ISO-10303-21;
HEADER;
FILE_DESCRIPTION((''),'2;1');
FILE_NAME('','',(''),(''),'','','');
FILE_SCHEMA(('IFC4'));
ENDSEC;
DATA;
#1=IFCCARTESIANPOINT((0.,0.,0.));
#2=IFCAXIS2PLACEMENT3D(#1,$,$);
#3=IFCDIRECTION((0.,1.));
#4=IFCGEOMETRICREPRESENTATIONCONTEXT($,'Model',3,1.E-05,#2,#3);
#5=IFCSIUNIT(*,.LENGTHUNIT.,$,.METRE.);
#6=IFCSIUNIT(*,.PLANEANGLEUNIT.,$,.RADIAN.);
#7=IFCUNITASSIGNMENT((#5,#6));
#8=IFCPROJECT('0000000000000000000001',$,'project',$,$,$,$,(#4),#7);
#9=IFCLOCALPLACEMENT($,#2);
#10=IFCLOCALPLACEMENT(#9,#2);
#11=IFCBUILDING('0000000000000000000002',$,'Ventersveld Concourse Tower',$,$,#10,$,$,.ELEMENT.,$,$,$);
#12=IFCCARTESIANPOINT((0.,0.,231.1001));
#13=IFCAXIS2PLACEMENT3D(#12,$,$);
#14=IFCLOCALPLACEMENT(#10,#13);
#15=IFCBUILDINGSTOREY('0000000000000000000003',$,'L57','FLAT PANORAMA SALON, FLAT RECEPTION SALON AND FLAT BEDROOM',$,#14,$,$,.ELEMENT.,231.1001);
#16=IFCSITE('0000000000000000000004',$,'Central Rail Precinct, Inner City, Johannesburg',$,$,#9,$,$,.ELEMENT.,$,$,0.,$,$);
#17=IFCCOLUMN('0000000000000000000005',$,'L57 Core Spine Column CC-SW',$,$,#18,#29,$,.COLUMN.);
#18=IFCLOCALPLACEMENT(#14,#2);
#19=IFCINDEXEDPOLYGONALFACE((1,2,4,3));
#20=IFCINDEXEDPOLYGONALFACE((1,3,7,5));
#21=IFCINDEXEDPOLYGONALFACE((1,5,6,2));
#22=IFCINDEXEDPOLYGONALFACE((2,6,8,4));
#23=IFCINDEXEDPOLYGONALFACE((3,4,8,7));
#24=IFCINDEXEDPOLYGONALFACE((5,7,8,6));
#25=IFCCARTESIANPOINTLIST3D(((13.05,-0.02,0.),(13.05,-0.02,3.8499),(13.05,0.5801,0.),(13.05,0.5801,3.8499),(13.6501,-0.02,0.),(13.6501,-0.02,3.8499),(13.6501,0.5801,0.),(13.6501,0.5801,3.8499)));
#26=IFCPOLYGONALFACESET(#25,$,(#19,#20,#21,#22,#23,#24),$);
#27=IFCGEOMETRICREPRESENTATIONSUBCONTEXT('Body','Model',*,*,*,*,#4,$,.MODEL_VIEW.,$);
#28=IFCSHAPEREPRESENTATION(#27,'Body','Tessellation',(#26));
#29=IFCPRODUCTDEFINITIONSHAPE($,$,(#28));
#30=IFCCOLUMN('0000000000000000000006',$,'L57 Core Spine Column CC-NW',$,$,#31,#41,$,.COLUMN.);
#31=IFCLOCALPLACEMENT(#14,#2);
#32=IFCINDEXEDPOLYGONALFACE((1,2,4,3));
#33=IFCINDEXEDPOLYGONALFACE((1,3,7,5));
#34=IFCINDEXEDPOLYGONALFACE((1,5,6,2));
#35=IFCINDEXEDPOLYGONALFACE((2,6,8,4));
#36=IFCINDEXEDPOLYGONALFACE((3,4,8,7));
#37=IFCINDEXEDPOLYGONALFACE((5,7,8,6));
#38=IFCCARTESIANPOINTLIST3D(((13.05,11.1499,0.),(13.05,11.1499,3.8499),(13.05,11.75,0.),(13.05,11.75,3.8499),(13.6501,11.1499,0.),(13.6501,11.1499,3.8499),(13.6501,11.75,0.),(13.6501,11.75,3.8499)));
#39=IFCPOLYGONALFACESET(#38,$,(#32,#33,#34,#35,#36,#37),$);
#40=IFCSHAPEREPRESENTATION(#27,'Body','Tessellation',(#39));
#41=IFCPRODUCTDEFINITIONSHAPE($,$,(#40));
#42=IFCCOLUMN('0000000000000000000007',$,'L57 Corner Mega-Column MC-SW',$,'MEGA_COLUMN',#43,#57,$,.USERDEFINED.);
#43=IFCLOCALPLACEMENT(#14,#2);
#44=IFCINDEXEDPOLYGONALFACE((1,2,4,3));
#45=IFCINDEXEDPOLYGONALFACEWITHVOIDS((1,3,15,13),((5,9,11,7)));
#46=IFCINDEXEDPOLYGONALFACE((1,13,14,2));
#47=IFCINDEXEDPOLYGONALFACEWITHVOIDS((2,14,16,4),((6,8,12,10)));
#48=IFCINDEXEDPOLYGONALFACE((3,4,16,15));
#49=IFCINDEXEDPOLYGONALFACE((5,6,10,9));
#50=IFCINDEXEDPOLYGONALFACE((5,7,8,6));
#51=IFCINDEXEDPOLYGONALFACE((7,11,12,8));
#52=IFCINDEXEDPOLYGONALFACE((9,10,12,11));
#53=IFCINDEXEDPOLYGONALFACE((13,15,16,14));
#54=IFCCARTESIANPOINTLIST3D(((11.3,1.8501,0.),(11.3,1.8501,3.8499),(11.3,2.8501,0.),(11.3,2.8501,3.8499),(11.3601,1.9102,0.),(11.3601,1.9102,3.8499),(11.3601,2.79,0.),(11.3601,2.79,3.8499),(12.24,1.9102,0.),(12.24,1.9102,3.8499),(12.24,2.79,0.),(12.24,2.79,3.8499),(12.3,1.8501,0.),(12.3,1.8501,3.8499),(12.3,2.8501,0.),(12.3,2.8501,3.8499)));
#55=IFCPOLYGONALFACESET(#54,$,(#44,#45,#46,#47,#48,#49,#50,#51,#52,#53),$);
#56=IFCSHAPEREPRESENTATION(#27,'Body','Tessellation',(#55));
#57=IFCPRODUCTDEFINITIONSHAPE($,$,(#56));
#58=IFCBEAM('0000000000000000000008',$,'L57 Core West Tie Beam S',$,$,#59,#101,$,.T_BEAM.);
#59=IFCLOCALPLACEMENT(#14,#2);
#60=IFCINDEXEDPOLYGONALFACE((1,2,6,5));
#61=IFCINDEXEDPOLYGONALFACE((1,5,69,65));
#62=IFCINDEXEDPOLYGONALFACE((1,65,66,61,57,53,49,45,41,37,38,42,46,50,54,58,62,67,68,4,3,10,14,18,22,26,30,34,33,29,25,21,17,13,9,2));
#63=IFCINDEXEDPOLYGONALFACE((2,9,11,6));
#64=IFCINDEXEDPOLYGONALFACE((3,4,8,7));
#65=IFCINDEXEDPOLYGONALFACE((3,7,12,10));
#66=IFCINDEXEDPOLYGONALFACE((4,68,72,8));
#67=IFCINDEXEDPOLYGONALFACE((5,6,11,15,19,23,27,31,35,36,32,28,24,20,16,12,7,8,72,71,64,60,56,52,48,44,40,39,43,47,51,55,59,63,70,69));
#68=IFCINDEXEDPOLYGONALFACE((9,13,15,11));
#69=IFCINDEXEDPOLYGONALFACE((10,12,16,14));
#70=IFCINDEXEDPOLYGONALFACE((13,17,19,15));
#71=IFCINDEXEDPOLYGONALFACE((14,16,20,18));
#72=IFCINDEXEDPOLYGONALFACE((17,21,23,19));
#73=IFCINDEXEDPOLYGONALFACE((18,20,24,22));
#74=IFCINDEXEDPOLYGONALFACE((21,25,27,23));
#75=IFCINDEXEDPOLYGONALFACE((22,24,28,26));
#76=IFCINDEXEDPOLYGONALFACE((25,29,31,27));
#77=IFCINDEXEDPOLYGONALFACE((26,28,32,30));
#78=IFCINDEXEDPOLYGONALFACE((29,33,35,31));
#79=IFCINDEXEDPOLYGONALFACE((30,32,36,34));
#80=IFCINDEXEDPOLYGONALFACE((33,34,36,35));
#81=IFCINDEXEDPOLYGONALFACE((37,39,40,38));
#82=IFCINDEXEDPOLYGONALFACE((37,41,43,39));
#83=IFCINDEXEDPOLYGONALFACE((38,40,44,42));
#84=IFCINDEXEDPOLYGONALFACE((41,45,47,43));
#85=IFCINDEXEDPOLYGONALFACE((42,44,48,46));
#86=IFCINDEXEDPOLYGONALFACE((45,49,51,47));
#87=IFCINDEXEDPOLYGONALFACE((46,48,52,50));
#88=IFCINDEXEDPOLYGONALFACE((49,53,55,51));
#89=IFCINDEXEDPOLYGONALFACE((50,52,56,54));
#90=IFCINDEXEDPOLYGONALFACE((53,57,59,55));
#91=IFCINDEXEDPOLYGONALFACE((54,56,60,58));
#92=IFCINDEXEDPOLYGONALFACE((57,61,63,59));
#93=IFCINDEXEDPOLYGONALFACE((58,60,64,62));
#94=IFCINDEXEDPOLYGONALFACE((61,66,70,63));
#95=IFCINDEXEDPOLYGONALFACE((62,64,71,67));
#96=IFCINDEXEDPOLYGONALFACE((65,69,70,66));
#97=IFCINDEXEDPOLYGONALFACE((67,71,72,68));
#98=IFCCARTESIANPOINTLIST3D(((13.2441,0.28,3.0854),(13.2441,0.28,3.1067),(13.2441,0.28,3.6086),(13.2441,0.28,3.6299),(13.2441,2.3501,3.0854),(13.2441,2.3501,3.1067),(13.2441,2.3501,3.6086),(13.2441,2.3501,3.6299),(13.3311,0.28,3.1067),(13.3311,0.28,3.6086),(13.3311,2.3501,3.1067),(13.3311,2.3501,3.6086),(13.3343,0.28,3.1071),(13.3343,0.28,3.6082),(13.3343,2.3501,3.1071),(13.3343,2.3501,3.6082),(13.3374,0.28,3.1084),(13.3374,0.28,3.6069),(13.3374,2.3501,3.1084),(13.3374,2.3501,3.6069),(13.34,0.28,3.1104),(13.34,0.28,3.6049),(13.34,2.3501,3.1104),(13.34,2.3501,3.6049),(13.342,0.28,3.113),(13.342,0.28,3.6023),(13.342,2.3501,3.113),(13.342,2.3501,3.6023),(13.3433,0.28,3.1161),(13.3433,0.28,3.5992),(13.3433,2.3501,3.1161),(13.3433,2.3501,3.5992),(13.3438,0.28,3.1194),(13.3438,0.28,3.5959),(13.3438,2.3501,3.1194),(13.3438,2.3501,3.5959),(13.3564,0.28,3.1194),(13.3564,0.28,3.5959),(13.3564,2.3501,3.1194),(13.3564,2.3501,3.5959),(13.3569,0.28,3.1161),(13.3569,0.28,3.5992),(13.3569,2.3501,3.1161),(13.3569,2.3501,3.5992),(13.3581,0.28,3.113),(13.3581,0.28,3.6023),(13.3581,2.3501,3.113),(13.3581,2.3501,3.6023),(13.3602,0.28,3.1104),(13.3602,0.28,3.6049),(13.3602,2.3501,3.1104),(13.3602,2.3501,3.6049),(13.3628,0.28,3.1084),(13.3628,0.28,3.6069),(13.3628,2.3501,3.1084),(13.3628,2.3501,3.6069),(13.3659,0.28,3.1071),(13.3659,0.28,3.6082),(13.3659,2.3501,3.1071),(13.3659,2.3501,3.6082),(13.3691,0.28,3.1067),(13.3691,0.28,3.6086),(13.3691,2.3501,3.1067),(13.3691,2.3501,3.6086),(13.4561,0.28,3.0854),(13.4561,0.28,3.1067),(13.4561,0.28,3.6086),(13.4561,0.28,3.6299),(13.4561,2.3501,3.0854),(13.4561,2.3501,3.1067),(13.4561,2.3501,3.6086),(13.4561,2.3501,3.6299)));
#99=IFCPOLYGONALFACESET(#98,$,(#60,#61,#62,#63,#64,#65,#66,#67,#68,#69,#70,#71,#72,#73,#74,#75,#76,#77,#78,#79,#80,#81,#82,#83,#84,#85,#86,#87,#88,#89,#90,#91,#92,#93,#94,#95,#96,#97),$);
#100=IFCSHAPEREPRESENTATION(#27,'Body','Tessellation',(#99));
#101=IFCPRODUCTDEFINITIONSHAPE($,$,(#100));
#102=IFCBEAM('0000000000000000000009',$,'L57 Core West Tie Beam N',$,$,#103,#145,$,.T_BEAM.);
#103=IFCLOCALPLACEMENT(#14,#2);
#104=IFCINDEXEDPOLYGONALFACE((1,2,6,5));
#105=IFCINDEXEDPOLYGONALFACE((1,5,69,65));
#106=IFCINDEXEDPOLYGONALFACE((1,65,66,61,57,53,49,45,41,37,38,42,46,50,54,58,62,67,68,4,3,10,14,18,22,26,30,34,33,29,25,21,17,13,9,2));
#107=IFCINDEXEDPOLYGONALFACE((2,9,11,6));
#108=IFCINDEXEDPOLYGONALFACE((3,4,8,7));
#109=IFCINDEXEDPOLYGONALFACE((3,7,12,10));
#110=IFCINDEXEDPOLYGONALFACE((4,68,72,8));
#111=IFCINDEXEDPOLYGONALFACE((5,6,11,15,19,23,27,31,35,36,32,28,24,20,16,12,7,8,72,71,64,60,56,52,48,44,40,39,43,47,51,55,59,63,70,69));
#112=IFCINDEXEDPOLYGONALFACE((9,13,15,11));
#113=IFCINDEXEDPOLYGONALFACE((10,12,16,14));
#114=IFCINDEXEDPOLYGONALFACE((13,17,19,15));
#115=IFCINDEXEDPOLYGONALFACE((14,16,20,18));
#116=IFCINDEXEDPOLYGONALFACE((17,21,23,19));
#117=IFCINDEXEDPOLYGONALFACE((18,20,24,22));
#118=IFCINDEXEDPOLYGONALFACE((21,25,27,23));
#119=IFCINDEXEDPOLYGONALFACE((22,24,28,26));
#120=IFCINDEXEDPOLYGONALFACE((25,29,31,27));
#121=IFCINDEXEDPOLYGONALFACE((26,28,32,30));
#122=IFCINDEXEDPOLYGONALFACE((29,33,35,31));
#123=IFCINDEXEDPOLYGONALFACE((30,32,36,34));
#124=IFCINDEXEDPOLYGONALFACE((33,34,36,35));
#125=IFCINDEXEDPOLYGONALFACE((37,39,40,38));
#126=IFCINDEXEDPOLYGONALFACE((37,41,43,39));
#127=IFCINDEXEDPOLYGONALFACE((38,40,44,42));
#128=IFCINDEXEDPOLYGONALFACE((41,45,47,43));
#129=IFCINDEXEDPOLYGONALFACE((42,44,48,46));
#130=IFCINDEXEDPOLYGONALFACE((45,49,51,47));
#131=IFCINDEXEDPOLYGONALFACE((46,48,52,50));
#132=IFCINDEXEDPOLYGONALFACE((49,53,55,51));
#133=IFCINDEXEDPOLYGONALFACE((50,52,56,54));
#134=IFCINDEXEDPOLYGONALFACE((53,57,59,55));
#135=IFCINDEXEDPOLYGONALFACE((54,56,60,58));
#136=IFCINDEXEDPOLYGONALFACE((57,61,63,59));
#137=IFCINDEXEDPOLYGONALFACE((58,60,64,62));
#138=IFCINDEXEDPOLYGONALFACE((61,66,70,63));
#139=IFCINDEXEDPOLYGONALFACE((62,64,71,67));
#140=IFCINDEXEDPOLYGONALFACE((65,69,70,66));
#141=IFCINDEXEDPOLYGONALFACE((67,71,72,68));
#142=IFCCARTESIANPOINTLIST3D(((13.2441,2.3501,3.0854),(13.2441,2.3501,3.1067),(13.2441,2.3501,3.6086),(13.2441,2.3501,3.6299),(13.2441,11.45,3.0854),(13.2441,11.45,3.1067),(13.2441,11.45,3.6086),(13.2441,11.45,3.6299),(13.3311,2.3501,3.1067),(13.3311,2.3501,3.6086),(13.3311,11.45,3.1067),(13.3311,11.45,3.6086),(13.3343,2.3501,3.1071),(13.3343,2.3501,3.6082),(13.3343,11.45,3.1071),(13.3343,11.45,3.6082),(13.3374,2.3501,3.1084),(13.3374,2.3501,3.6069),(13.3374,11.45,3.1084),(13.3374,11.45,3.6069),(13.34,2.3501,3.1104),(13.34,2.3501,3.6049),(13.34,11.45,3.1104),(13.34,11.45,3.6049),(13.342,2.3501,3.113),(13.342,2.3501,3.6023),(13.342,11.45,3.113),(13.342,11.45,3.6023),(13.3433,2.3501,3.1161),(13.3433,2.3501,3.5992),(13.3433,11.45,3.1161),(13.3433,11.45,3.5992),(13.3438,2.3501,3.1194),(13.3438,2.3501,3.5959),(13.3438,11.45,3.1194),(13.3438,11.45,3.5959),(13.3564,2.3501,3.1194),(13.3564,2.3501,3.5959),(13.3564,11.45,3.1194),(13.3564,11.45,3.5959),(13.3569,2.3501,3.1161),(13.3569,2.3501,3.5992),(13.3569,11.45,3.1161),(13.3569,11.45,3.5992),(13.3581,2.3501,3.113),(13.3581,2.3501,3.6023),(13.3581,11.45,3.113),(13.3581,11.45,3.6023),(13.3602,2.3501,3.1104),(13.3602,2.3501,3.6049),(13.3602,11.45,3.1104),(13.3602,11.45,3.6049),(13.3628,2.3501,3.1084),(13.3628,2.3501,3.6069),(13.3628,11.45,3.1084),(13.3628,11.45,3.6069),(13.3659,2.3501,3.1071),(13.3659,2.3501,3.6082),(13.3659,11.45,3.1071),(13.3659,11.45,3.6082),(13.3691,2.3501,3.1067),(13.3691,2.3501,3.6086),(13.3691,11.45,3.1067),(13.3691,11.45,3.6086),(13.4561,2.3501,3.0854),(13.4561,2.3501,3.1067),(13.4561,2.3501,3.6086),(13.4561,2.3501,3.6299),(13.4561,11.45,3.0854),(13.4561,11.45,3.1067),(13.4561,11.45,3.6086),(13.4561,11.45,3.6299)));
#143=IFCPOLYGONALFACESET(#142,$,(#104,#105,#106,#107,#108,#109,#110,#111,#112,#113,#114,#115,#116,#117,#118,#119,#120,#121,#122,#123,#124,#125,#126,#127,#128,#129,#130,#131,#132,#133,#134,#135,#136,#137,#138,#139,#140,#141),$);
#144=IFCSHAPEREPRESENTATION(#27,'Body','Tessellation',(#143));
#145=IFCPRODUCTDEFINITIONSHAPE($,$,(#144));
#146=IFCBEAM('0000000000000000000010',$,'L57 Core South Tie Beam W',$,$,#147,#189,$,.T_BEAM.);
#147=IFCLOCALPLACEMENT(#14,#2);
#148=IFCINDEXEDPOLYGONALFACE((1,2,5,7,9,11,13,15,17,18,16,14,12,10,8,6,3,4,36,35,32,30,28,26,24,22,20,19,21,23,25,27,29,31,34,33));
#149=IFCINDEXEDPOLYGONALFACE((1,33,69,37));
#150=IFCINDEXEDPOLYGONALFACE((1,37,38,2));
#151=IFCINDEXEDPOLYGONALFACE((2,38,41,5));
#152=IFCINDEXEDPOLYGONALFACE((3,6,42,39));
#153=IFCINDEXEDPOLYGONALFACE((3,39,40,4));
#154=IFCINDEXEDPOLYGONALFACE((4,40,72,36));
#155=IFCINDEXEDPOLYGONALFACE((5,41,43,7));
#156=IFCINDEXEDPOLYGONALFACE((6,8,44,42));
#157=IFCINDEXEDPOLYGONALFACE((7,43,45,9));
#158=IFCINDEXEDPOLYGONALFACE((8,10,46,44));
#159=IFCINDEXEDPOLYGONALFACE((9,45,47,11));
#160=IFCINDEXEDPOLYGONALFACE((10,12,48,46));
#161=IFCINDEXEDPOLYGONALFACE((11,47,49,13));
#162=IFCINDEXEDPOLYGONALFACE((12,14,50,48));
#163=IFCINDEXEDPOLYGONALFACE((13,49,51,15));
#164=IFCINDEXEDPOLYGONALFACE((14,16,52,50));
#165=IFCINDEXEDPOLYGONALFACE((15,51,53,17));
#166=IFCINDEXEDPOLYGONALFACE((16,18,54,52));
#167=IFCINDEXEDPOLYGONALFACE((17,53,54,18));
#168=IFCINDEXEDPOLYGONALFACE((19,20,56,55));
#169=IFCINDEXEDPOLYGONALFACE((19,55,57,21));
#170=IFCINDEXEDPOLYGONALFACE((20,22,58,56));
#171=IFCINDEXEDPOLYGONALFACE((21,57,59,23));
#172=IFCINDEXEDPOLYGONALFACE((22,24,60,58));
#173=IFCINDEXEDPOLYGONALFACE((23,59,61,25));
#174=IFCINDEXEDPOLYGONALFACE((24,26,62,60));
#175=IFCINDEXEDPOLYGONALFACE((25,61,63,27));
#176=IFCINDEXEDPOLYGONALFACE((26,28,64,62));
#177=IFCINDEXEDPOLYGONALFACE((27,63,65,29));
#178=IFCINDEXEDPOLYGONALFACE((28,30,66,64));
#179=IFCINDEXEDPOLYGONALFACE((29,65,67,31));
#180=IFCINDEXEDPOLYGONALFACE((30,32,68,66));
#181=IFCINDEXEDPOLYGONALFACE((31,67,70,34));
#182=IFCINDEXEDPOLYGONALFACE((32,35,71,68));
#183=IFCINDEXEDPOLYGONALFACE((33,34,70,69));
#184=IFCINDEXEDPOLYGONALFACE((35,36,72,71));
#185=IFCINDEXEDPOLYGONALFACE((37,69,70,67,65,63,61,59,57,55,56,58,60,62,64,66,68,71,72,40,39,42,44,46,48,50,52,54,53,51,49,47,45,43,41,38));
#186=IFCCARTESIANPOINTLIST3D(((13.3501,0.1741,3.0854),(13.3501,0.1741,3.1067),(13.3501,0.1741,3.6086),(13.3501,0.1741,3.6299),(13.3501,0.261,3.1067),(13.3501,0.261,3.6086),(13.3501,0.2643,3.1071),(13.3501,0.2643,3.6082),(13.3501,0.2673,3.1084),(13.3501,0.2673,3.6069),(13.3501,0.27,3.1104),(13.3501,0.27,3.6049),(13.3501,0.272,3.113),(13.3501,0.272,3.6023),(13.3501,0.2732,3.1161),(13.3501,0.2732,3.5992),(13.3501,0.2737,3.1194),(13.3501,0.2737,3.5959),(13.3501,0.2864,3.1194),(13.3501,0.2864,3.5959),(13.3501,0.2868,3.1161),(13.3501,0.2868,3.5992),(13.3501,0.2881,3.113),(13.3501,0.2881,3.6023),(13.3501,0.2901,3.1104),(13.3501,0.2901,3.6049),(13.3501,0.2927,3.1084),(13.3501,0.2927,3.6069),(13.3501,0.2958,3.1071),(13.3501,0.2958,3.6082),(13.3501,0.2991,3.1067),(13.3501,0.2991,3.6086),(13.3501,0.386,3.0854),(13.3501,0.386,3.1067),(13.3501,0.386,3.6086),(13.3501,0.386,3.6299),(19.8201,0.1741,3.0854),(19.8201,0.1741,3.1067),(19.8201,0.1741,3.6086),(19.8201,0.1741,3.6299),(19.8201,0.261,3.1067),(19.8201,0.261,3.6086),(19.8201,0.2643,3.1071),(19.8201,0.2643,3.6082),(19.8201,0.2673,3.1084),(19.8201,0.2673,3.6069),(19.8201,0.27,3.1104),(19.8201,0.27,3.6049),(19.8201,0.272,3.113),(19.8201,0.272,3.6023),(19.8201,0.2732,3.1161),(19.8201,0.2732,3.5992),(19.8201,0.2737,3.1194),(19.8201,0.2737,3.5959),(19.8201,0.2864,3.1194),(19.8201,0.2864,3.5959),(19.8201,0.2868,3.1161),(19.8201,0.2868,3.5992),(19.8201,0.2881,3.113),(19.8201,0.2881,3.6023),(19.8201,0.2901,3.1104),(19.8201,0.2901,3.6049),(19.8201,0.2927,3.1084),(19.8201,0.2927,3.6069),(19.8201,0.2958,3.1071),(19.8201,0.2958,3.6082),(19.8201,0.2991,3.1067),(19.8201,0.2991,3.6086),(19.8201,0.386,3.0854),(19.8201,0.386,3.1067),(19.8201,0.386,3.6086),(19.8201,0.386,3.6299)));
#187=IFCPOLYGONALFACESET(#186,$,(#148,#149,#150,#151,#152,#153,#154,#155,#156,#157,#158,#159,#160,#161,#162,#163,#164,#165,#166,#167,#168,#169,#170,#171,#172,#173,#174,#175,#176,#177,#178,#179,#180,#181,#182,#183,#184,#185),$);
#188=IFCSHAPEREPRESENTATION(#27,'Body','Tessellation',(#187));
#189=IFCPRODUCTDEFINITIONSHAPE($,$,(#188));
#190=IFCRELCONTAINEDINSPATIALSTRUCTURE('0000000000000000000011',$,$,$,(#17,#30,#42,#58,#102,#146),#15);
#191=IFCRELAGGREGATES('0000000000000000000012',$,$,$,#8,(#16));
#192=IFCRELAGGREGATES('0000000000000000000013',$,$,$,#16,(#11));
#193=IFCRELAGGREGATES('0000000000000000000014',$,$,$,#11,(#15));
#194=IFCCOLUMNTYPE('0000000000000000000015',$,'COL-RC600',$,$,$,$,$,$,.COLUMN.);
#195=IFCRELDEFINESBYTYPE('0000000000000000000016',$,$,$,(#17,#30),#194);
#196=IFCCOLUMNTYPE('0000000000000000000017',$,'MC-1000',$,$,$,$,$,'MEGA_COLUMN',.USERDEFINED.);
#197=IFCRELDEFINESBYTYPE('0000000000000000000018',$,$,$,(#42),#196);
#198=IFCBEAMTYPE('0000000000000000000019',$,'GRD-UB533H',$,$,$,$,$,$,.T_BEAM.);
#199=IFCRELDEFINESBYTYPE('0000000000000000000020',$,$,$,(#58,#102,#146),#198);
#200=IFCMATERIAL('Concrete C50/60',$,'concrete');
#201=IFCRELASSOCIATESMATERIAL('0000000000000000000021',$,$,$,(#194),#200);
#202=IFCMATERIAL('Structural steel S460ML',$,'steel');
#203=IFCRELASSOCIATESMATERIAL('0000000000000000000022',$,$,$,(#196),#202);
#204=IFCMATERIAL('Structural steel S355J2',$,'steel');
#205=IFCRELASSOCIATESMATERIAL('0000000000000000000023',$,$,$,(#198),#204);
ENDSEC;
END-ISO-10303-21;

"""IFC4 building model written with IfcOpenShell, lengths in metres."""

from ifc_helpers import new_model, si_unit, direction, frame, origin, origin_2d, place, context, subcontext, project, spatial, rectangle, hollow_rectangle, i_section, extrude, material, material_profile, profile_set, type_object, element, save


model = new_model("IFC4")

# Units and contexts
model_context = context("Model", 3, precision=1e-05, world=origin(), true_north=direction((0.0, 1.0)))
body_context = subcontext(model_context, "Body", "Model", "MODEL_VIEW")
ifc_project = project(units=[si_unit("LENGTHUNIT", "METRE"), si_unit("PLANEANGLEUNIT", "RADIAN")], contexts=[model_context])

# Site, building, storey
site_placement = place(None, origin())
site = spatial("IfcSite", under=ifc_project, at=site_placement, Name="Central Rail Precinct, Inner City, Johannesburg", CompositionType="ELEMENT", RefElevation=0.0)
building_placement = place(site_placement, origin())
building = spatial("IfcBuilding", under=site, at=building_placement, Name="Ventersveld Concourse Tower", CompositionType="ELEMENT")
storey_placement = place(building_placement, frame((0.0, 0.0, 231.1001)))
storey = spatial("IfcBuildingStorey", under=building, at=storey_placement, Name="L57", Description="FLAT PANORAMA SALON, FLAT RECEPTION SALON AND FLAT BEDROOM", CompositionType="ELEMENT", Elevation=231.1001)

# Columns
ifc_material_1 = material(Name="Concrete C50/60", Category="concrete")
ifc_material_profile_1 = material_profile(ifc_material_1, rectangle(XDim=0.6001, YDim=0.6001, at=origin_2d()), Name="RC 600x600")
ifc_profile_set_1 = profile_set([ifc_material_profile_1], Name="Concrete C50/60")
column_type_1 = type_object("IfcColumnType", Name="COL-RC600", PredefinedType="COLUMN", material=ifc_profile_set_1)
for number, where, z_axis, x_axis, name in (
    (1, (13.3501, 0.28, 0.0), (0.0, 0.0, 1.0), (1.0, 0.0, 0.0), "L57 Core Spine Column CC-SW"),
    (2, (13.3501, 11.45, 0.0), (0.0, 0.0, 1.0), (1.0, 0.0, 0.0), "L57 Core Spine Column CC-NW"),
):
    element("IfcColumn", number, at=place(storey_placement, frame(where, z_axis=z_axis, x_axis=x_axis)), inside=storey, type_object=column_type_1, Name=name, PredefinedType="COLUMN", context=body_context, shape_type="SweptSolid", body=[
        extrude(rectangle(XDim=0.6001, YDim=0.6001, at=origin_2d()), origin(), (0.0, 0.0, 1.0), 3.8499),
    ])
ifc_material_2 = material(Name="Structural steel S460ML", Category="steel")
ifc_material_profile_2 = material_profile(ifc_material_2, hollow_rectangle(XDim=1.0, YDim=1.0, WallThickness=0.0601, at=origin_2d()), Name="BOX 1000x1000x60")
ifc_profile_set_2 = profile_set([ifc_material_profile_2], Name="Structural steel S460ML")
column_type_2 = type_object("IfcColumnType", Name="MC-1000", ElementType="MEGA_COLUMN", PredefinedType="USERDEFINED", material=ifc_profile_set_2)
column_placement = place(storey_placement, frame((11.8, 2.3501, 0.0), z_axis=(0.0, 0.0, 1.0), x_axis=(1.0, 0.0, 0.0)))
element("IfcColumn", 3, at=column_placement, inside=storey, type_object=column_type_2, Name="L57 Corner Mega-Column MC-SW", ObjectType="MEGA_COLUMN", PredefinedType="USERDEFINED", context=body_context, shape_type="SweptSolid", body=[
    extrude(hollow_rectangle(XDim=1.0, YDim=1.0, WallThickness=0.0601, at=origin_2d()), origin(), (0.0, 0.0, 1.0), 3.8499),
])

# Beams
ifc_material_3 = material(Name="Structural steel S355J2", Category="steel")
ifc_material_profile_3 = material_profile(ifc_material_3, i_section(OverallWidth=0.2119, OverallDepth=0.5444, WebThickness=0.0127, FlangeThickness=0.0212, FilletRadius=0.0127, at=origin_2d()), Name="UB 533x210x122")
ifc_profile_set_3 = profile_set([ifc_material_profile_3], Name="Structural steel S355J2")
beam_type_1 = type_object("IfcBeamType", Name="GRD-UB533H", PredefinedType="T_BEAM", material=ifc_profile_set_3)
beam_1_placement = place(storey_placement, frame((13.3501, 0.28, 3.3577), z_axis=(0.0, 1.0, 0.0), x_axis=(-1.0, 0.0, 0.0)))
element("IfcBeam", 4, at=beam_1_placement, inside=storey, type_object=beam_type_1, Name="L57 Core West Tie Beam S", PredefinedType="T_BEAM", context=body_context, shape_type="SweptSolid", body=[
    extrude(i_section(OverallWidth=0.2119, OverallDepth=0.5444, WebThickness=0.0127, FlangeThickness=0.0212, FilletRadius=0.0127, at=origin_2d()), origin(), (0.0, 0.0, 1.0), 2.0701),
])
beam_2_placement = place(storey_placement, frame((13.3501, 2.3501, 3.3577), z_axis=(0.0, 1.0, 0.0), x_axis=(-1.0, 0.0, 0.0)))
element("IfcBeam", 5, at=beam_2_placement, inside=storey, type_object=beam_type_1, Name="L57 Core West Tie Beam N", PredefinedType="T_BEAM", context=body_context, shape_type="SweptSolid", body=[
    extrude(i_section(OverallWidth=0.2119, OverallDepth=0.5444, WebThickness=0.0127, FlangeThickness=0.0212, FilletRadius=0.0127, at=origin_2d()), origin(), (0.0, 0.0, 1.0), 9.0999),
])
beam_3_placement = place(storey_placement, frame((13.3501, 0.28, 3.3577), z_axis=(1.0, 0.0, 0.0), x_axis=(0.0, 1.0, 0.0)))
element("IfcBeam", 6, at=beam_3_placement, inside=storey, type_object=beam_type_1, Name="L57 Core South Tie Beam W", PredefinedType="T_BEAM", context=body_context, shape_type="SweptSolid", body=[
    extrude(i_section(OverallWidth=0.2119, OverallDepth=0.5444, WebThickness=0.0127, FlangeThickness=0.0212, FilletRadius=0.0127, at=origin_2d()), origin(), (0.0, 0.0, 1.0), 6.47),
])

save(model, "model.ifc")
